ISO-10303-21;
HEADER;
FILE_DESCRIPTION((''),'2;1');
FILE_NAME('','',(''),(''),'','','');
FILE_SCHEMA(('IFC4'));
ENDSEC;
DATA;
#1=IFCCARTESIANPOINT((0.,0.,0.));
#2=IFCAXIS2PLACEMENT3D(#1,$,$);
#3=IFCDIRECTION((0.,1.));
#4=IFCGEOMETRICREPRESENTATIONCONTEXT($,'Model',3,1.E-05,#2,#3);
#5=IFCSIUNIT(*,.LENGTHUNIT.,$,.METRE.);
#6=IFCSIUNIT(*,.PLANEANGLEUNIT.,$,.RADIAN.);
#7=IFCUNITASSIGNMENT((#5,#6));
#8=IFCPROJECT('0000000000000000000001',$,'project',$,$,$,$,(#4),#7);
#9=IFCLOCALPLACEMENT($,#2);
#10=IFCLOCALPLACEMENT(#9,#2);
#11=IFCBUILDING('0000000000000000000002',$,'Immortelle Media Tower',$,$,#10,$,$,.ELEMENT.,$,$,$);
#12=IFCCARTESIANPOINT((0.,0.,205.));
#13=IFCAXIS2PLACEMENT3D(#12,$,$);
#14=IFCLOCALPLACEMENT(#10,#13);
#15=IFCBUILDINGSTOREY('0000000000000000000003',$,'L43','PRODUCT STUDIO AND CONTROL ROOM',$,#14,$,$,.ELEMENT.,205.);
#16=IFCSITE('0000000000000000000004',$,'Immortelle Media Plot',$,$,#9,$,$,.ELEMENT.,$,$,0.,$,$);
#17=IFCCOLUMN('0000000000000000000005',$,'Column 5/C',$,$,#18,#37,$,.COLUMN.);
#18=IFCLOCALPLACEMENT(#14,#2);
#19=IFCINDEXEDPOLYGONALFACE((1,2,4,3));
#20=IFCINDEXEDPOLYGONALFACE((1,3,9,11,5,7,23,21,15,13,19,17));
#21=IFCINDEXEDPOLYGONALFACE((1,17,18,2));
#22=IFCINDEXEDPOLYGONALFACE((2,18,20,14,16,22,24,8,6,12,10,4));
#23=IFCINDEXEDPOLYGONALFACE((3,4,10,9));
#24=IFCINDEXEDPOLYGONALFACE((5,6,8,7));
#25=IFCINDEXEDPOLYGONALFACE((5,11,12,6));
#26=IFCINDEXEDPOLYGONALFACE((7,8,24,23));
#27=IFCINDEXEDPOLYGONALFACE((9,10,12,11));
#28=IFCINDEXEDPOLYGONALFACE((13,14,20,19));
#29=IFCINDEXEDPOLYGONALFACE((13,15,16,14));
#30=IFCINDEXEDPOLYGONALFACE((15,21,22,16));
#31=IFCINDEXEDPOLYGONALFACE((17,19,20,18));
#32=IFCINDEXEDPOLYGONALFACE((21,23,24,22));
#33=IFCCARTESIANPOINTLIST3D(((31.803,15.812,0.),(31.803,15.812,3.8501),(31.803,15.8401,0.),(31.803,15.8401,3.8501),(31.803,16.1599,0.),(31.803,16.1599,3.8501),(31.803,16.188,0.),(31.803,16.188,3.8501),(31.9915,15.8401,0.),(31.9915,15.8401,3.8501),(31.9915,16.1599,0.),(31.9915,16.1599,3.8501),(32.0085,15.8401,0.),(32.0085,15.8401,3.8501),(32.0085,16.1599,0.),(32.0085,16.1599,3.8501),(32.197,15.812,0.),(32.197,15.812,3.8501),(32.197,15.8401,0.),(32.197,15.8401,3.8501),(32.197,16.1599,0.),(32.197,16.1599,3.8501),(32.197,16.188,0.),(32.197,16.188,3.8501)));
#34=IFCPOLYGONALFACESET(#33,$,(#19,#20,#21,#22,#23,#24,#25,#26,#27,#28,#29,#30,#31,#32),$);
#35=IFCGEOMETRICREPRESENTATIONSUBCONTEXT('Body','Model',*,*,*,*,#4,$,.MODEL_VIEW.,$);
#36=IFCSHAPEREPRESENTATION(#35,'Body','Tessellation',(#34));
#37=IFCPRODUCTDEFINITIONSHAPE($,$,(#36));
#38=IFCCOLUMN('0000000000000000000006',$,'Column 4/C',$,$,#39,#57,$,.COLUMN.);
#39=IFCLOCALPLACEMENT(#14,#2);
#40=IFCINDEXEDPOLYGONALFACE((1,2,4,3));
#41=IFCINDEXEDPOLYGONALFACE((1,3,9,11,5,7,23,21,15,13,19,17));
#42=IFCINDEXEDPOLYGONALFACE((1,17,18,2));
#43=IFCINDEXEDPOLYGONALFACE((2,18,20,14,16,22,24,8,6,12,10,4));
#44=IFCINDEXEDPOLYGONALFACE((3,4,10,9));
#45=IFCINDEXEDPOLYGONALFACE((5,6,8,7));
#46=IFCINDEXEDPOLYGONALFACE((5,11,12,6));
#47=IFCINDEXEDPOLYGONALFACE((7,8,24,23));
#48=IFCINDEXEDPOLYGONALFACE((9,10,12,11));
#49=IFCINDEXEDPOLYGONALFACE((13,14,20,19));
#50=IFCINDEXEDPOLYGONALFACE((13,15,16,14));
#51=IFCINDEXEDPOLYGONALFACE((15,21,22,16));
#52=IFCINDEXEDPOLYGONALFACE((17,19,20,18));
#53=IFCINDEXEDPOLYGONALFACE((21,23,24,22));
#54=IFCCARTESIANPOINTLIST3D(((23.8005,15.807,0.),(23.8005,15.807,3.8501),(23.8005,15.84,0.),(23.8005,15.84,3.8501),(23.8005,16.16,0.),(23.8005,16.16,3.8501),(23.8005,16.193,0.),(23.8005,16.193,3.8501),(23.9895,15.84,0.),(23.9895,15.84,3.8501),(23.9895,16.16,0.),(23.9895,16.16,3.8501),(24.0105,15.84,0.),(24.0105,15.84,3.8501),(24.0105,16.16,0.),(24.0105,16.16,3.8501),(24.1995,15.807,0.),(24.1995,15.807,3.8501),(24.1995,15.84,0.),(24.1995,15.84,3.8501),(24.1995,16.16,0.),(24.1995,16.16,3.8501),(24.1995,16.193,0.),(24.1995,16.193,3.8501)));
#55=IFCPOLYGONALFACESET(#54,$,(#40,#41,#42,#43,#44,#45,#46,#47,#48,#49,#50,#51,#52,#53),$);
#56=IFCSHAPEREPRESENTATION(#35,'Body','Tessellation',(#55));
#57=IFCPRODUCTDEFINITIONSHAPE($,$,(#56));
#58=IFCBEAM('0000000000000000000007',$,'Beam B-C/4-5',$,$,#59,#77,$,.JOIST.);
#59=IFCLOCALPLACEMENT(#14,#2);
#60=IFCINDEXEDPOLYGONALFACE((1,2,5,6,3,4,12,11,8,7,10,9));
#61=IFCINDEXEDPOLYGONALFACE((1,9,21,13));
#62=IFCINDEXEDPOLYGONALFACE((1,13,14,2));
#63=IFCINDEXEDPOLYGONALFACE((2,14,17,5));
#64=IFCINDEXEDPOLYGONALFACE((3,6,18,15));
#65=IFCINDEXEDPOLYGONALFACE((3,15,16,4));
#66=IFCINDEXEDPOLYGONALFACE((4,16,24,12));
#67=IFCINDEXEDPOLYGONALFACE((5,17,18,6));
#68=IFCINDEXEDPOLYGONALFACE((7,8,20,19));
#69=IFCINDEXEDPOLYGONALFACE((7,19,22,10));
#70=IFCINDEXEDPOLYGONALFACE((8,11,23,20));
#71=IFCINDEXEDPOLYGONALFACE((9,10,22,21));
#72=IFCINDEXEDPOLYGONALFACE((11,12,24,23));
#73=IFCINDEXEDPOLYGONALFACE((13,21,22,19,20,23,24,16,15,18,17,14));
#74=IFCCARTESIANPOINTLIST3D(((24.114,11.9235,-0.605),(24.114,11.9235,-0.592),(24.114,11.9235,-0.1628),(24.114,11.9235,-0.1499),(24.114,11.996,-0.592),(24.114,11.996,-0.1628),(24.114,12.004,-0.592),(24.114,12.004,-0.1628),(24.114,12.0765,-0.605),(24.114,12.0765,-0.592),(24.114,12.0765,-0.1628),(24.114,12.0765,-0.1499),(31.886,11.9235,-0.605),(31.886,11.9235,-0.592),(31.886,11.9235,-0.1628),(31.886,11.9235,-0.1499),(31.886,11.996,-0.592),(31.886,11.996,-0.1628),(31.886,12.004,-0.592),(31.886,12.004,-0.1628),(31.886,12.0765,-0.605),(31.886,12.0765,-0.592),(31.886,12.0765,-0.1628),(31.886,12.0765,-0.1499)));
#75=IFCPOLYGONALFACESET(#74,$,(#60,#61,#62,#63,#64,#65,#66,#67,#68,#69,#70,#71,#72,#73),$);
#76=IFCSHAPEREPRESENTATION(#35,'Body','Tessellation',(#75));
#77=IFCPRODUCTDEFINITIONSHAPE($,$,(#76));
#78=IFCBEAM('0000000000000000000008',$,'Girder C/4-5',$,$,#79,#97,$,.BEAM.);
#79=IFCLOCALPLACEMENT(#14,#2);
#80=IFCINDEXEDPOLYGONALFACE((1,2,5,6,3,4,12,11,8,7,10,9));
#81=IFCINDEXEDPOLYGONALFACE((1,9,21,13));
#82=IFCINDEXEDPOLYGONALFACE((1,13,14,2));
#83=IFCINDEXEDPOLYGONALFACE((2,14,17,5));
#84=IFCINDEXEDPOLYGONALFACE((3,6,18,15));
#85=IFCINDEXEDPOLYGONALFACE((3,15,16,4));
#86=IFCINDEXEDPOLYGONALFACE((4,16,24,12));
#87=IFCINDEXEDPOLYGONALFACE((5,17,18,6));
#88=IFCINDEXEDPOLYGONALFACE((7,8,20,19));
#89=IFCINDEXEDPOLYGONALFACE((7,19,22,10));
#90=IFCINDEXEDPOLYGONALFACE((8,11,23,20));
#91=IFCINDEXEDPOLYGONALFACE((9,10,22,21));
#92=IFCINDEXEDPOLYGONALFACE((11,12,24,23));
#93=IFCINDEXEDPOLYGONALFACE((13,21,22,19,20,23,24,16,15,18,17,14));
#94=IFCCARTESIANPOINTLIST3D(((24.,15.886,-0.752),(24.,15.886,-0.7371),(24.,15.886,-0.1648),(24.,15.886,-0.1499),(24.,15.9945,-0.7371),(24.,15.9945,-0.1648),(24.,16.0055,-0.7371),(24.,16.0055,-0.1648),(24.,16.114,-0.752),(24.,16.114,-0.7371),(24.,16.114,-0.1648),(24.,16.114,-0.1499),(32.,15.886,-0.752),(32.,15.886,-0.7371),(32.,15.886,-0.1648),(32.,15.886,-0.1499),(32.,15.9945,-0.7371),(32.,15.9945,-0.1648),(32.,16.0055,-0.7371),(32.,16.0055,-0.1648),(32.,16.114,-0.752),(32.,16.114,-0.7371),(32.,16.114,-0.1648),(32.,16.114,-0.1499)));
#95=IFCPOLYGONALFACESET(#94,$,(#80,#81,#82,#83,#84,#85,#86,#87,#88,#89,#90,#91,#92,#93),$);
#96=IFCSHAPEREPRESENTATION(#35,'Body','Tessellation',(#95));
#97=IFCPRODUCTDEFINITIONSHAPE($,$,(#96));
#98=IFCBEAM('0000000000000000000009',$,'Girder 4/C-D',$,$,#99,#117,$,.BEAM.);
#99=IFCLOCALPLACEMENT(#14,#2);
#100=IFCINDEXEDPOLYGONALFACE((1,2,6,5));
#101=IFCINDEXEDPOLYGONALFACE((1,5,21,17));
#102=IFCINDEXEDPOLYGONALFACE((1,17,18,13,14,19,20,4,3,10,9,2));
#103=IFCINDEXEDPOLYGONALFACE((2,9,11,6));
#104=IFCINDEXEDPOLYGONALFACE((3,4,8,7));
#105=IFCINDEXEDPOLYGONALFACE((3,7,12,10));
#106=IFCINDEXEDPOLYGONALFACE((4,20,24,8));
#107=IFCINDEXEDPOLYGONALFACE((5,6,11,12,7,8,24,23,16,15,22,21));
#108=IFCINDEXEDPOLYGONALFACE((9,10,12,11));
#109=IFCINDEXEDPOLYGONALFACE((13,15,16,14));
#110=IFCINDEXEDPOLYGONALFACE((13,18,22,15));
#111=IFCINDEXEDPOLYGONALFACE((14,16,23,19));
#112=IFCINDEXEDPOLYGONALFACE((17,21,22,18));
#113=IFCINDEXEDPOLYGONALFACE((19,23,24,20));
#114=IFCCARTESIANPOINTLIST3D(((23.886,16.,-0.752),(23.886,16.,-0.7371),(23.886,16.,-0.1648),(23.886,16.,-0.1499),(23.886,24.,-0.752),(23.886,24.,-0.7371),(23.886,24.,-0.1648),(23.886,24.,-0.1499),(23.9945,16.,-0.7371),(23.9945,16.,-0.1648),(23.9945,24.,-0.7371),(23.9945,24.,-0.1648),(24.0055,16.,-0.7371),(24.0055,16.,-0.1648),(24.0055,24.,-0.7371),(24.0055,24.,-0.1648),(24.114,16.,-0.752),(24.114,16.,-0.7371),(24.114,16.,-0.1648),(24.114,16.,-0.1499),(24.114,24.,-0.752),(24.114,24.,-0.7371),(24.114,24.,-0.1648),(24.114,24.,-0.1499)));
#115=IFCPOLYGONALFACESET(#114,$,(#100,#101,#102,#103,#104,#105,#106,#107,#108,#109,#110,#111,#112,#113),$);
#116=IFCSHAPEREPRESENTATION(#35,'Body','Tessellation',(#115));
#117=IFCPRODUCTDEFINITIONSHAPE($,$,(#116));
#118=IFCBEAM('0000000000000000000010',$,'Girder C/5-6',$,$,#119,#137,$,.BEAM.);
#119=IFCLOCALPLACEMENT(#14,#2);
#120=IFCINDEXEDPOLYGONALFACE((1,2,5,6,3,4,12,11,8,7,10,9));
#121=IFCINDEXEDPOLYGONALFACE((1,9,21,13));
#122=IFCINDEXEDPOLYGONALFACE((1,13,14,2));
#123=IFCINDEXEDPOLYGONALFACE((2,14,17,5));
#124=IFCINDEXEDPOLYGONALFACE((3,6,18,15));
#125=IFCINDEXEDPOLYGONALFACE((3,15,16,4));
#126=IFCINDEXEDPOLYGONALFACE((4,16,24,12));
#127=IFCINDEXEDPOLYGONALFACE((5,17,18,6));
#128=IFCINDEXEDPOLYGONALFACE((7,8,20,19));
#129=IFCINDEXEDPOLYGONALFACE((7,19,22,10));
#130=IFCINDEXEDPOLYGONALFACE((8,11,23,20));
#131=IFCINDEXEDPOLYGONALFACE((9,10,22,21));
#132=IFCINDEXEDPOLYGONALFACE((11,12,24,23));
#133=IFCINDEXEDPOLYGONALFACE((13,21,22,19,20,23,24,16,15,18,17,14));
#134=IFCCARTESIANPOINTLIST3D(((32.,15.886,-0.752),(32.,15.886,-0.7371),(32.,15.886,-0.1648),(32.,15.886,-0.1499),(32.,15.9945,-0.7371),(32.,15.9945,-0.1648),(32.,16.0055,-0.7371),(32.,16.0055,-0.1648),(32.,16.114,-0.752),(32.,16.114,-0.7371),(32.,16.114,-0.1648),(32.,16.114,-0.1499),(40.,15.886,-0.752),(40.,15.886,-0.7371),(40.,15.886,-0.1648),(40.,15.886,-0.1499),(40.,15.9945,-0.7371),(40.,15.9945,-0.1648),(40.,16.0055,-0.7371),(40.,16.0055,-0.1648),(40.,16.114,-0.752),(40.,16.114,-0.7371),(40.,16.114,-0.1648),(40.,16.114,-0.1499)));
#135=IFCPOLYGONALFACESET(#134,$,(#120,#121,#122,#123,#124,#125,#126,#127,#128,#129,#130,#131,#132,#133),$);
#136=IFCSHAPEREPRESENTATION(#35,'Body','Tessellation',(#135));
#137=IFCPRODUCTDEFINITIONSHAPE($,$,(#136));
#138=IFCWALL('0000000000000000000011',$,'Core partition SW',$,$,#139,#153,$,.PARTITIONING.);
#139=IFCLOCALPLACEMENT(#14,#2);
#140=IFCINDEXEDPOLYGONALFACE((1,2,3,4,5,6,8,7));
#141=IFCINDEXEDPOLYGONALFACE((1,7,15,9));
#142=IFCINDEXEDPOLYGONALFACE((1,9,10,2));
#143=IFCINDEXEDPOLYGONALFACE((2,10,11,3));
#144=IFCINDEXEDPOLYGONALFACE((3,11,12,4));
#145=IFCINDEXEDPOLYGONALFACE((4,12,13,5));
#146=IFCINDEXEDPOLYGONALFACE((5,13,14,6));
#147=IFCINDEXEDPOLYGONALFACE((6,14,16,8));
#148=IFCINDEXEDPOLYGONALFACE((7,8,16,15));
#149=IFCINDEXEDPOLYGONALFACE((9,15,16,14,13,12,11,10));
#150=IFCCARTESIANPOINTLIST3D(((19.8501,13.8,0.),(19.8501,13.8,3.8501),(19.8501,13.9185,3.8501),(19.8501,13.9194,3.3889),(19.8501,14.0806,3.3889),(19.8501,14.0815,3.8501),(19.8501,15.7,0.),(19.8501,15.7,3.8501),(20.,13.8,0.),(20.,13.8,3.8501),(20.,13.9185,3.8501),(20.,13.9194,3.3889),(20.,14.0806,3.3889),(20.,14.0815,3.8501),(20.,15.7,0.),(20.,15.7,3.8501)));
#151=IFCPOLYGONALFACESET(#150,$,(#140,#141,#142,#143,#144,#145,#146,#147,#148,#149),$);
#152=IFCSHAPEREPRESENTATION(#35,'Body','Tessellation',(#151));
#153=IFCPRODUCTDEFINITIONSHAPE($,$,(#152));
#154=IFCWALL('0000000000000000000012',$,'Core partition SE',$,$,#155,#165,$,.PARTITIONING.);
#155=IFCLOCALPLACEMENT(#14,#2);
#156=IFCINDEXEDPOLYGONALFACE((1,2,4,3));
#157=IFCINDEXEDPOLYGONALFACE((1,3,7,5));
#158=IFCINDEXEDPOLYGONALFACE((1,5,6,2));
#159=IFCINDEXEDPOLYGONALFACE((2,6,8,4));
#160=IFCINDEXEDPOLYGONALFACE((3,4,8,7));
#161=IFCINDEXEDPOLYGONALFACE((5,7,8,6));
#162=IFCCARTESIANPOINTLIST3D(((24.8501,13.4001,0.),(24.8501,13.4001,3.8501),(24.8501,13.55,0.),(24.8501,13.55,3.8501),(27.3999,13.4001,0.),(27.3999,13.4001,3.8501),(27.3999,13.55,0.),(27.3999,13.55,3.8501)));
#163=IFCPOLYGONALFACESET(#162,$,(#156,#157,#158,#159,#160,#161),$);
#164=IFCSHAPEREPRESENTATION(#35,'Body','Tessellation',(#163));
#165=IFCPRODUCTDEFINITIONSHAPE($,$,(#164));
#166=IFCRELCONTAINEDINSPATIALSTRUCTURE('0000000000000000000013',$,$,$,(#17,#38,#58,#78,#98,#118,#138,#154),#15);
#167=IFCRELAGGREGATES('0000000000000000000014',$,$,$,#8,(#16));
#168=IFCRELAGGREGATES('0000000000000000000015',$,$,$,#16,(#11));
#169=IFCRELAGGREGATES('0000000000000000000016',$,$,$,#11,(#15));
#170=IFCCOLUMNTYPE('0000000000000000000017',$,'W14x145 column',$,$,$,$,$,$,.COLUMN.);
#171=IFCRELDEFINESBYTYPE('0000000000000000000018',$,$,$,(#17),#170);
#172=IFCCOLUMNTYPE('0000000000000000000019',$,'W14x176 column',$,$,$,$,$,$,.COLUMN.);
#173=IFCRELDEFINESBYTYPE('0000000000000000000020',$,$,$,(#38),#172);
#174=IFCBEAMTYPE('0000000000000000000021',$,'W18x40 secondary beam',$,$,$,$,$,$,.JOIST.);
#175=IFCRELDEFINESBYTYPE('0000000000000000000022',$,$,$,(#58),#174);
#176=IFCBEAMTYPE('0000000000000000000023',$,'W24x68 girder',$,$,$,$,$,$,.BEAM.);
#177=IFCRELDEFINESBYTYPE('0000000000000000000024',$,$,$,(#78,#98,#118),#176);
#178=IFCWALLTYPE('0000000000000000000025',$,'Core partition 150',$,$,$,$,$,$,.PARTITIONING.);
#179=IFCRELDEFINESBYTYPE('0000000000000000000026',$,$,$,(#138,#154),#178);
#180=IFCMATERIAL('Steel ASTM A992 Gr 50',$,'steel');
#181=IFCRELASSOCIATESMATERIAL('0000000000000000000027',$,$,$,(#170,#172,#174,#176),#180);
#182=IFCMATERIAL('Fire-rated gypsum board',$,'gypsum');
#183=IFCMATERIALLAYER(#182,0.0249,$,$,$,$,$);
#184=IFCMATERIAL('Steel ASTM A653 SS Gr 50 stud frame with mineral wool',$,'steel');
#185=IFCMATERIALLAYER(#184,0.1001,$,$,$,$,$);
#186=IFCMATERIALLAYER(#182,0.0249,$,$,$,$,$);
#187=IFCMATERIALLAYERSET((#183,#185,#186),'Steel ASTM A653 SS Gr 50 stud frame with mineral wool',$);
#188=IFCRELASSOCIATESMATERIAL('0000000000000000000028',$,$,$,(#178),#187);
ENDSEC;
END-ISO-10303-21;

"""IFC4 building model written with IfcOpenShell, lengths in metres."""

from ifc_helpers import new_model, si_unit, direction, frame, frame_2d, origin, origin_2d, place, context, subcontext, project, spatial, polyline, rectangle, i_section, outline, extrude, material, layer, layer_set, material_profile, profile_set, type_object, element, save


model = new_model("IFC4")

# Units and contexts
model_context = context("Model", 3, precision=1e-05, world=origin(), true_north=direction((0.0, 1.0)))
body_context = subcontext(model_context, "Body", "Model", "MODEL_VIEW")
ifc_project = project(units=[si_unit("LENGTHUNIT", "METRE"), si_unit("PLANEANGLEUNIT", "RADIAN")], contexts=[model_context])

# Site, building, storey
site_placement = place(None, origin())
site = spatial("IfcSite", under=ifc_project, at=site_placement, Name="Immortelle Media Plot", CompositionType="ELEMENT", RefElevation=0.0)
building_placement = place(site_placement, origin())
building = spatial("IfcBuilding", under=site, at=building_placement, Name="Immortelle Media Tower", CompositionType="ELEMENT")
storey_placement = place(building_placement, frame((0.0, 0.0, 205.0)))
storey = spatial("IfcBuildingStorey", under=building, at=storey_placement, Name="L43", Description="PRODUCT STUDIO AND CONTROL ROOM", CompositionType="ELEMENT", Elevation=205.0)

# Columns
ifc_material_1 = material(Name="Steel ASTM A992 Gr 50", Category="steel")
ifc_material_profile_1 = material_profile(ifc_material_1, i_section(OverallWidth=0.394, OverallDepth=0.376, WebThickness=0.0171, FlangeThickness=0.0281, at=origin_2d()), Name="W14x145")
ifc_profile_set_1 = profile_set([ifc_material_profile_1], Name="Steel ASTM A992 Gr 50")
column_type_1 = type_object("IfcColumnType", Name="W14x145 column", PredefinedType="COLUMN", material=ifc_profile_set_1)
column_1_placement = place(storey_placement, frame((32.0, 16.0, 0.0), z_axis=(0.0, 0.0, 1.0), x_axis=(1.0, 0.0, 0.0)))
element("IfcColumn", 1, at=column_1_placement, inside=storey, type_object=column_type_1, Name="Column 5/C", PredefinedType="COLUMN", context=body_context, shape_type="SweptSolid", body=[
    extrude(i_section(OverallWidth=0.394, OverallDepth=0.376, WebThickness=0.0171, FlangeThickness=0.0281, at=origin_2d()), origin(), (0.0, 0.0, 1.0), 3.8501),
])
ifc_material_profile_2 = material_profile(ifc_material_1, i_section(OverallWidth=0.3989, OverallDepth=0.386, WebThickness=0.021, FlangeThickness=0.033, at=origin_2d()), Name="W14x176")
ifc_profile_set_2 = profile_set([ifc_material_profile_2], Name="Steel ASTM A992 Gr 50")
column_type_2 = type_object("IfcColumnType", Name="W14x176 column", PredefinedType="COLUMN", material=ifc_profile_set_2)
column_2_placement = place(storey_placement, frame((24.0, 16.0, 0.0), z_axis=(0.0, 0.0, 1.0), x_axis=(1.0, 0.0, 0.0)))
element("IfcColumn", 2, at=column_2_placement, inside=storey, type_object=column_type_2, Name="Column 4/C", PredefinedType="COLUMN", context=body_context, shape_type="SweptSolid", body=[
    extrude(i_section(OverallWidth=0.3989, OverallDepth=0.386, WebThickness=0.021, FlangeThickness=0.033, at=origin_2d()), origin(), (0.0, 0.0, 1.0), 3.8501),
])

# Beams
ifc_material_profile_3 = material_profile(ifc_material_1, i_section(OverallWidth=0.1531, OverallDepth=0.4551, WebThickness=0.0081, FlangeThickness=0.0129, at=origin_2d()), Name="W18x40")
ifc_profile_set_3 = profile_set([ifc_material_profile_3], Name="Steel ASTM A992 Gr 50")
beam_type_1 = type_object("IfcBeamType", Name="W18x40 secondary beam", PredefinedType="JOIST", material=ifc_profile_set_3)
beam_placement = place(storey_placement, frame((24.114, 12.0, -0.3774), z_axis=(1.0, 0.0, 0.0), x_axis=(0.0, 1.0, 0.0)))
element("IfcBeam", 3, at=beam_placement, inside=storey, type_object=beam_type_1, Name="Beam B-C/4-5", PredefinedType="JOIST", context=body_context, shape_type="SweptSolid", body=[
    extrude(i_section(OverallWidth=0.1531, OverallDepth=0.4551, WebThickness=0.0081, FlangeThickness=0.0129, at=origin_2d()), origin(), (0.0, 0.0, 1.0), 7.772),
])
ifc_material_profile_4 = material_profile(ifc_material_1, i_section(OverallWidth=0.228, OverallDepth=0.6021, WebThickness=0.011, FlangeThickness=0.0149, at=origin_2d()), Name="W24x68")
ifc_profile_set_4 = profile_set([ifc_material_profile_4], Name="Steel ASTM A992 Gr 50")
beam_type_2 = type_object("IfcBeamType", Name="W24x68 girder", PredefinedType="BEAM", material=ifc_profile_set_4)
for number, where, z_axis, x_axis, name in (
    (4, (24.0, 16.0, -0.4509), (1.0, 0.0, 0.0), (0.0, 1.0, 0.0), "Girder C/4-5"),
    (5, (24.0, 16.0, -0.4509), (0.0, 1.0, 0.0), (-1.0, 0.0, 0.0), "Girder 4/C-D"),
    (6, (32.0, 16.0, -0.4509), (1.0, 0.0, 0.0), (0.0, 1.0, 0.0), "Girder C/5-6"),
):
    element("IfcBeam", number, at=place(storey_placement, frame(where, z_axis=z_axis, x_axis=x_axis)), inside=storey, type_object=beam_type_2, Name=name, PredefinedType="BEAM", context=body_context, shape_type="SweptSolid", body=[
        extrude(i_section(OverallWidth=0.228, OverallDepth=0.6021, WebThickness=0.011, FlangeThickness=0.0149, at=origin_2d()), origin(), (0.0, 0.0, 1.0), 8.0),
    ])

# Walls
ifc_material_2 = material(Name="Fire-rated gypsum board", Category="gypsum")
ifc_layer_1 = layer(ifc_material_2, 0.0249)
ifc_material_3 = material(Name="Steel ASTM A653 SS Gr 50 stud frame with mineral wool", Category="steel")
ifc_layer_2 = layer(ifc_material_3, 0.1001)
ifc_layer_3 = layer(ifc_material_2, 0.0249)
ifc_layer_set_1 = layer_set([ifc_layer_1, ifc_layer_2, ifc_layer_3], Name="Steel ASTM A653 SS Gr 50 stud frame with mineral wool")
wall_type_1 = type_object("IfcWallType", Name="Core partition 150", PredefinedType="PARTITIONING", material=ifc_layer_set_1)
wall_1_placement = place(storey_placement, frame((19.925, 13.8, 0.0), z_axis=(0.0, 0.0, 1.0), x_axis=(0.0, 1.0, 0.0)))
element("IfcWall", 7, at=wall_1_placement, inside=storey, type_object=wall_type_1, Name="Core partition SW", PredefinedType="PARTITIONING", context=body_context, shape_type="SweptSolid", body=[
    extrude(outline(polyline([(0.0, 0.0), (1.8999, 0.0), (1.8999, 3.8501), (0.2815, 3.8501), (0.2805, 3.3889), (0.1194, 3.3889), (0.1184, 3.8501), (0.0, 3.8501), (0.0, 0.0)])), frame((0.0, 0.075, 0.0), z_axis=(0.0, -1.0, 0.0), x_axis=(1.0, 0.0, 0.0)), (0.0, 0.0, 1.0), 0.1499),
])
wall_2_placement = place(storey_placement, frame((24.8501, 13.4751, 0.0), z_axis=(0.0, 0.0, 1.0), x_axis=(1.0, 0.0, 0.0)))
element("IfcWall", 8, at=wall_2_placement, inside=storey, type_object=wall_type_1, Name="Core partition SE", PredefinedType="PARTITIONING", context=body_context, shape_type="SweptSolid", body=[
    extrude(rectangle(XDim=2.5498, YDim=0.1499, at=frame_2d((1.2749, 0.0))), origin(), (0.0, 0.0, 1.0), 3.8501),
])

save(model, "model.ifc")
